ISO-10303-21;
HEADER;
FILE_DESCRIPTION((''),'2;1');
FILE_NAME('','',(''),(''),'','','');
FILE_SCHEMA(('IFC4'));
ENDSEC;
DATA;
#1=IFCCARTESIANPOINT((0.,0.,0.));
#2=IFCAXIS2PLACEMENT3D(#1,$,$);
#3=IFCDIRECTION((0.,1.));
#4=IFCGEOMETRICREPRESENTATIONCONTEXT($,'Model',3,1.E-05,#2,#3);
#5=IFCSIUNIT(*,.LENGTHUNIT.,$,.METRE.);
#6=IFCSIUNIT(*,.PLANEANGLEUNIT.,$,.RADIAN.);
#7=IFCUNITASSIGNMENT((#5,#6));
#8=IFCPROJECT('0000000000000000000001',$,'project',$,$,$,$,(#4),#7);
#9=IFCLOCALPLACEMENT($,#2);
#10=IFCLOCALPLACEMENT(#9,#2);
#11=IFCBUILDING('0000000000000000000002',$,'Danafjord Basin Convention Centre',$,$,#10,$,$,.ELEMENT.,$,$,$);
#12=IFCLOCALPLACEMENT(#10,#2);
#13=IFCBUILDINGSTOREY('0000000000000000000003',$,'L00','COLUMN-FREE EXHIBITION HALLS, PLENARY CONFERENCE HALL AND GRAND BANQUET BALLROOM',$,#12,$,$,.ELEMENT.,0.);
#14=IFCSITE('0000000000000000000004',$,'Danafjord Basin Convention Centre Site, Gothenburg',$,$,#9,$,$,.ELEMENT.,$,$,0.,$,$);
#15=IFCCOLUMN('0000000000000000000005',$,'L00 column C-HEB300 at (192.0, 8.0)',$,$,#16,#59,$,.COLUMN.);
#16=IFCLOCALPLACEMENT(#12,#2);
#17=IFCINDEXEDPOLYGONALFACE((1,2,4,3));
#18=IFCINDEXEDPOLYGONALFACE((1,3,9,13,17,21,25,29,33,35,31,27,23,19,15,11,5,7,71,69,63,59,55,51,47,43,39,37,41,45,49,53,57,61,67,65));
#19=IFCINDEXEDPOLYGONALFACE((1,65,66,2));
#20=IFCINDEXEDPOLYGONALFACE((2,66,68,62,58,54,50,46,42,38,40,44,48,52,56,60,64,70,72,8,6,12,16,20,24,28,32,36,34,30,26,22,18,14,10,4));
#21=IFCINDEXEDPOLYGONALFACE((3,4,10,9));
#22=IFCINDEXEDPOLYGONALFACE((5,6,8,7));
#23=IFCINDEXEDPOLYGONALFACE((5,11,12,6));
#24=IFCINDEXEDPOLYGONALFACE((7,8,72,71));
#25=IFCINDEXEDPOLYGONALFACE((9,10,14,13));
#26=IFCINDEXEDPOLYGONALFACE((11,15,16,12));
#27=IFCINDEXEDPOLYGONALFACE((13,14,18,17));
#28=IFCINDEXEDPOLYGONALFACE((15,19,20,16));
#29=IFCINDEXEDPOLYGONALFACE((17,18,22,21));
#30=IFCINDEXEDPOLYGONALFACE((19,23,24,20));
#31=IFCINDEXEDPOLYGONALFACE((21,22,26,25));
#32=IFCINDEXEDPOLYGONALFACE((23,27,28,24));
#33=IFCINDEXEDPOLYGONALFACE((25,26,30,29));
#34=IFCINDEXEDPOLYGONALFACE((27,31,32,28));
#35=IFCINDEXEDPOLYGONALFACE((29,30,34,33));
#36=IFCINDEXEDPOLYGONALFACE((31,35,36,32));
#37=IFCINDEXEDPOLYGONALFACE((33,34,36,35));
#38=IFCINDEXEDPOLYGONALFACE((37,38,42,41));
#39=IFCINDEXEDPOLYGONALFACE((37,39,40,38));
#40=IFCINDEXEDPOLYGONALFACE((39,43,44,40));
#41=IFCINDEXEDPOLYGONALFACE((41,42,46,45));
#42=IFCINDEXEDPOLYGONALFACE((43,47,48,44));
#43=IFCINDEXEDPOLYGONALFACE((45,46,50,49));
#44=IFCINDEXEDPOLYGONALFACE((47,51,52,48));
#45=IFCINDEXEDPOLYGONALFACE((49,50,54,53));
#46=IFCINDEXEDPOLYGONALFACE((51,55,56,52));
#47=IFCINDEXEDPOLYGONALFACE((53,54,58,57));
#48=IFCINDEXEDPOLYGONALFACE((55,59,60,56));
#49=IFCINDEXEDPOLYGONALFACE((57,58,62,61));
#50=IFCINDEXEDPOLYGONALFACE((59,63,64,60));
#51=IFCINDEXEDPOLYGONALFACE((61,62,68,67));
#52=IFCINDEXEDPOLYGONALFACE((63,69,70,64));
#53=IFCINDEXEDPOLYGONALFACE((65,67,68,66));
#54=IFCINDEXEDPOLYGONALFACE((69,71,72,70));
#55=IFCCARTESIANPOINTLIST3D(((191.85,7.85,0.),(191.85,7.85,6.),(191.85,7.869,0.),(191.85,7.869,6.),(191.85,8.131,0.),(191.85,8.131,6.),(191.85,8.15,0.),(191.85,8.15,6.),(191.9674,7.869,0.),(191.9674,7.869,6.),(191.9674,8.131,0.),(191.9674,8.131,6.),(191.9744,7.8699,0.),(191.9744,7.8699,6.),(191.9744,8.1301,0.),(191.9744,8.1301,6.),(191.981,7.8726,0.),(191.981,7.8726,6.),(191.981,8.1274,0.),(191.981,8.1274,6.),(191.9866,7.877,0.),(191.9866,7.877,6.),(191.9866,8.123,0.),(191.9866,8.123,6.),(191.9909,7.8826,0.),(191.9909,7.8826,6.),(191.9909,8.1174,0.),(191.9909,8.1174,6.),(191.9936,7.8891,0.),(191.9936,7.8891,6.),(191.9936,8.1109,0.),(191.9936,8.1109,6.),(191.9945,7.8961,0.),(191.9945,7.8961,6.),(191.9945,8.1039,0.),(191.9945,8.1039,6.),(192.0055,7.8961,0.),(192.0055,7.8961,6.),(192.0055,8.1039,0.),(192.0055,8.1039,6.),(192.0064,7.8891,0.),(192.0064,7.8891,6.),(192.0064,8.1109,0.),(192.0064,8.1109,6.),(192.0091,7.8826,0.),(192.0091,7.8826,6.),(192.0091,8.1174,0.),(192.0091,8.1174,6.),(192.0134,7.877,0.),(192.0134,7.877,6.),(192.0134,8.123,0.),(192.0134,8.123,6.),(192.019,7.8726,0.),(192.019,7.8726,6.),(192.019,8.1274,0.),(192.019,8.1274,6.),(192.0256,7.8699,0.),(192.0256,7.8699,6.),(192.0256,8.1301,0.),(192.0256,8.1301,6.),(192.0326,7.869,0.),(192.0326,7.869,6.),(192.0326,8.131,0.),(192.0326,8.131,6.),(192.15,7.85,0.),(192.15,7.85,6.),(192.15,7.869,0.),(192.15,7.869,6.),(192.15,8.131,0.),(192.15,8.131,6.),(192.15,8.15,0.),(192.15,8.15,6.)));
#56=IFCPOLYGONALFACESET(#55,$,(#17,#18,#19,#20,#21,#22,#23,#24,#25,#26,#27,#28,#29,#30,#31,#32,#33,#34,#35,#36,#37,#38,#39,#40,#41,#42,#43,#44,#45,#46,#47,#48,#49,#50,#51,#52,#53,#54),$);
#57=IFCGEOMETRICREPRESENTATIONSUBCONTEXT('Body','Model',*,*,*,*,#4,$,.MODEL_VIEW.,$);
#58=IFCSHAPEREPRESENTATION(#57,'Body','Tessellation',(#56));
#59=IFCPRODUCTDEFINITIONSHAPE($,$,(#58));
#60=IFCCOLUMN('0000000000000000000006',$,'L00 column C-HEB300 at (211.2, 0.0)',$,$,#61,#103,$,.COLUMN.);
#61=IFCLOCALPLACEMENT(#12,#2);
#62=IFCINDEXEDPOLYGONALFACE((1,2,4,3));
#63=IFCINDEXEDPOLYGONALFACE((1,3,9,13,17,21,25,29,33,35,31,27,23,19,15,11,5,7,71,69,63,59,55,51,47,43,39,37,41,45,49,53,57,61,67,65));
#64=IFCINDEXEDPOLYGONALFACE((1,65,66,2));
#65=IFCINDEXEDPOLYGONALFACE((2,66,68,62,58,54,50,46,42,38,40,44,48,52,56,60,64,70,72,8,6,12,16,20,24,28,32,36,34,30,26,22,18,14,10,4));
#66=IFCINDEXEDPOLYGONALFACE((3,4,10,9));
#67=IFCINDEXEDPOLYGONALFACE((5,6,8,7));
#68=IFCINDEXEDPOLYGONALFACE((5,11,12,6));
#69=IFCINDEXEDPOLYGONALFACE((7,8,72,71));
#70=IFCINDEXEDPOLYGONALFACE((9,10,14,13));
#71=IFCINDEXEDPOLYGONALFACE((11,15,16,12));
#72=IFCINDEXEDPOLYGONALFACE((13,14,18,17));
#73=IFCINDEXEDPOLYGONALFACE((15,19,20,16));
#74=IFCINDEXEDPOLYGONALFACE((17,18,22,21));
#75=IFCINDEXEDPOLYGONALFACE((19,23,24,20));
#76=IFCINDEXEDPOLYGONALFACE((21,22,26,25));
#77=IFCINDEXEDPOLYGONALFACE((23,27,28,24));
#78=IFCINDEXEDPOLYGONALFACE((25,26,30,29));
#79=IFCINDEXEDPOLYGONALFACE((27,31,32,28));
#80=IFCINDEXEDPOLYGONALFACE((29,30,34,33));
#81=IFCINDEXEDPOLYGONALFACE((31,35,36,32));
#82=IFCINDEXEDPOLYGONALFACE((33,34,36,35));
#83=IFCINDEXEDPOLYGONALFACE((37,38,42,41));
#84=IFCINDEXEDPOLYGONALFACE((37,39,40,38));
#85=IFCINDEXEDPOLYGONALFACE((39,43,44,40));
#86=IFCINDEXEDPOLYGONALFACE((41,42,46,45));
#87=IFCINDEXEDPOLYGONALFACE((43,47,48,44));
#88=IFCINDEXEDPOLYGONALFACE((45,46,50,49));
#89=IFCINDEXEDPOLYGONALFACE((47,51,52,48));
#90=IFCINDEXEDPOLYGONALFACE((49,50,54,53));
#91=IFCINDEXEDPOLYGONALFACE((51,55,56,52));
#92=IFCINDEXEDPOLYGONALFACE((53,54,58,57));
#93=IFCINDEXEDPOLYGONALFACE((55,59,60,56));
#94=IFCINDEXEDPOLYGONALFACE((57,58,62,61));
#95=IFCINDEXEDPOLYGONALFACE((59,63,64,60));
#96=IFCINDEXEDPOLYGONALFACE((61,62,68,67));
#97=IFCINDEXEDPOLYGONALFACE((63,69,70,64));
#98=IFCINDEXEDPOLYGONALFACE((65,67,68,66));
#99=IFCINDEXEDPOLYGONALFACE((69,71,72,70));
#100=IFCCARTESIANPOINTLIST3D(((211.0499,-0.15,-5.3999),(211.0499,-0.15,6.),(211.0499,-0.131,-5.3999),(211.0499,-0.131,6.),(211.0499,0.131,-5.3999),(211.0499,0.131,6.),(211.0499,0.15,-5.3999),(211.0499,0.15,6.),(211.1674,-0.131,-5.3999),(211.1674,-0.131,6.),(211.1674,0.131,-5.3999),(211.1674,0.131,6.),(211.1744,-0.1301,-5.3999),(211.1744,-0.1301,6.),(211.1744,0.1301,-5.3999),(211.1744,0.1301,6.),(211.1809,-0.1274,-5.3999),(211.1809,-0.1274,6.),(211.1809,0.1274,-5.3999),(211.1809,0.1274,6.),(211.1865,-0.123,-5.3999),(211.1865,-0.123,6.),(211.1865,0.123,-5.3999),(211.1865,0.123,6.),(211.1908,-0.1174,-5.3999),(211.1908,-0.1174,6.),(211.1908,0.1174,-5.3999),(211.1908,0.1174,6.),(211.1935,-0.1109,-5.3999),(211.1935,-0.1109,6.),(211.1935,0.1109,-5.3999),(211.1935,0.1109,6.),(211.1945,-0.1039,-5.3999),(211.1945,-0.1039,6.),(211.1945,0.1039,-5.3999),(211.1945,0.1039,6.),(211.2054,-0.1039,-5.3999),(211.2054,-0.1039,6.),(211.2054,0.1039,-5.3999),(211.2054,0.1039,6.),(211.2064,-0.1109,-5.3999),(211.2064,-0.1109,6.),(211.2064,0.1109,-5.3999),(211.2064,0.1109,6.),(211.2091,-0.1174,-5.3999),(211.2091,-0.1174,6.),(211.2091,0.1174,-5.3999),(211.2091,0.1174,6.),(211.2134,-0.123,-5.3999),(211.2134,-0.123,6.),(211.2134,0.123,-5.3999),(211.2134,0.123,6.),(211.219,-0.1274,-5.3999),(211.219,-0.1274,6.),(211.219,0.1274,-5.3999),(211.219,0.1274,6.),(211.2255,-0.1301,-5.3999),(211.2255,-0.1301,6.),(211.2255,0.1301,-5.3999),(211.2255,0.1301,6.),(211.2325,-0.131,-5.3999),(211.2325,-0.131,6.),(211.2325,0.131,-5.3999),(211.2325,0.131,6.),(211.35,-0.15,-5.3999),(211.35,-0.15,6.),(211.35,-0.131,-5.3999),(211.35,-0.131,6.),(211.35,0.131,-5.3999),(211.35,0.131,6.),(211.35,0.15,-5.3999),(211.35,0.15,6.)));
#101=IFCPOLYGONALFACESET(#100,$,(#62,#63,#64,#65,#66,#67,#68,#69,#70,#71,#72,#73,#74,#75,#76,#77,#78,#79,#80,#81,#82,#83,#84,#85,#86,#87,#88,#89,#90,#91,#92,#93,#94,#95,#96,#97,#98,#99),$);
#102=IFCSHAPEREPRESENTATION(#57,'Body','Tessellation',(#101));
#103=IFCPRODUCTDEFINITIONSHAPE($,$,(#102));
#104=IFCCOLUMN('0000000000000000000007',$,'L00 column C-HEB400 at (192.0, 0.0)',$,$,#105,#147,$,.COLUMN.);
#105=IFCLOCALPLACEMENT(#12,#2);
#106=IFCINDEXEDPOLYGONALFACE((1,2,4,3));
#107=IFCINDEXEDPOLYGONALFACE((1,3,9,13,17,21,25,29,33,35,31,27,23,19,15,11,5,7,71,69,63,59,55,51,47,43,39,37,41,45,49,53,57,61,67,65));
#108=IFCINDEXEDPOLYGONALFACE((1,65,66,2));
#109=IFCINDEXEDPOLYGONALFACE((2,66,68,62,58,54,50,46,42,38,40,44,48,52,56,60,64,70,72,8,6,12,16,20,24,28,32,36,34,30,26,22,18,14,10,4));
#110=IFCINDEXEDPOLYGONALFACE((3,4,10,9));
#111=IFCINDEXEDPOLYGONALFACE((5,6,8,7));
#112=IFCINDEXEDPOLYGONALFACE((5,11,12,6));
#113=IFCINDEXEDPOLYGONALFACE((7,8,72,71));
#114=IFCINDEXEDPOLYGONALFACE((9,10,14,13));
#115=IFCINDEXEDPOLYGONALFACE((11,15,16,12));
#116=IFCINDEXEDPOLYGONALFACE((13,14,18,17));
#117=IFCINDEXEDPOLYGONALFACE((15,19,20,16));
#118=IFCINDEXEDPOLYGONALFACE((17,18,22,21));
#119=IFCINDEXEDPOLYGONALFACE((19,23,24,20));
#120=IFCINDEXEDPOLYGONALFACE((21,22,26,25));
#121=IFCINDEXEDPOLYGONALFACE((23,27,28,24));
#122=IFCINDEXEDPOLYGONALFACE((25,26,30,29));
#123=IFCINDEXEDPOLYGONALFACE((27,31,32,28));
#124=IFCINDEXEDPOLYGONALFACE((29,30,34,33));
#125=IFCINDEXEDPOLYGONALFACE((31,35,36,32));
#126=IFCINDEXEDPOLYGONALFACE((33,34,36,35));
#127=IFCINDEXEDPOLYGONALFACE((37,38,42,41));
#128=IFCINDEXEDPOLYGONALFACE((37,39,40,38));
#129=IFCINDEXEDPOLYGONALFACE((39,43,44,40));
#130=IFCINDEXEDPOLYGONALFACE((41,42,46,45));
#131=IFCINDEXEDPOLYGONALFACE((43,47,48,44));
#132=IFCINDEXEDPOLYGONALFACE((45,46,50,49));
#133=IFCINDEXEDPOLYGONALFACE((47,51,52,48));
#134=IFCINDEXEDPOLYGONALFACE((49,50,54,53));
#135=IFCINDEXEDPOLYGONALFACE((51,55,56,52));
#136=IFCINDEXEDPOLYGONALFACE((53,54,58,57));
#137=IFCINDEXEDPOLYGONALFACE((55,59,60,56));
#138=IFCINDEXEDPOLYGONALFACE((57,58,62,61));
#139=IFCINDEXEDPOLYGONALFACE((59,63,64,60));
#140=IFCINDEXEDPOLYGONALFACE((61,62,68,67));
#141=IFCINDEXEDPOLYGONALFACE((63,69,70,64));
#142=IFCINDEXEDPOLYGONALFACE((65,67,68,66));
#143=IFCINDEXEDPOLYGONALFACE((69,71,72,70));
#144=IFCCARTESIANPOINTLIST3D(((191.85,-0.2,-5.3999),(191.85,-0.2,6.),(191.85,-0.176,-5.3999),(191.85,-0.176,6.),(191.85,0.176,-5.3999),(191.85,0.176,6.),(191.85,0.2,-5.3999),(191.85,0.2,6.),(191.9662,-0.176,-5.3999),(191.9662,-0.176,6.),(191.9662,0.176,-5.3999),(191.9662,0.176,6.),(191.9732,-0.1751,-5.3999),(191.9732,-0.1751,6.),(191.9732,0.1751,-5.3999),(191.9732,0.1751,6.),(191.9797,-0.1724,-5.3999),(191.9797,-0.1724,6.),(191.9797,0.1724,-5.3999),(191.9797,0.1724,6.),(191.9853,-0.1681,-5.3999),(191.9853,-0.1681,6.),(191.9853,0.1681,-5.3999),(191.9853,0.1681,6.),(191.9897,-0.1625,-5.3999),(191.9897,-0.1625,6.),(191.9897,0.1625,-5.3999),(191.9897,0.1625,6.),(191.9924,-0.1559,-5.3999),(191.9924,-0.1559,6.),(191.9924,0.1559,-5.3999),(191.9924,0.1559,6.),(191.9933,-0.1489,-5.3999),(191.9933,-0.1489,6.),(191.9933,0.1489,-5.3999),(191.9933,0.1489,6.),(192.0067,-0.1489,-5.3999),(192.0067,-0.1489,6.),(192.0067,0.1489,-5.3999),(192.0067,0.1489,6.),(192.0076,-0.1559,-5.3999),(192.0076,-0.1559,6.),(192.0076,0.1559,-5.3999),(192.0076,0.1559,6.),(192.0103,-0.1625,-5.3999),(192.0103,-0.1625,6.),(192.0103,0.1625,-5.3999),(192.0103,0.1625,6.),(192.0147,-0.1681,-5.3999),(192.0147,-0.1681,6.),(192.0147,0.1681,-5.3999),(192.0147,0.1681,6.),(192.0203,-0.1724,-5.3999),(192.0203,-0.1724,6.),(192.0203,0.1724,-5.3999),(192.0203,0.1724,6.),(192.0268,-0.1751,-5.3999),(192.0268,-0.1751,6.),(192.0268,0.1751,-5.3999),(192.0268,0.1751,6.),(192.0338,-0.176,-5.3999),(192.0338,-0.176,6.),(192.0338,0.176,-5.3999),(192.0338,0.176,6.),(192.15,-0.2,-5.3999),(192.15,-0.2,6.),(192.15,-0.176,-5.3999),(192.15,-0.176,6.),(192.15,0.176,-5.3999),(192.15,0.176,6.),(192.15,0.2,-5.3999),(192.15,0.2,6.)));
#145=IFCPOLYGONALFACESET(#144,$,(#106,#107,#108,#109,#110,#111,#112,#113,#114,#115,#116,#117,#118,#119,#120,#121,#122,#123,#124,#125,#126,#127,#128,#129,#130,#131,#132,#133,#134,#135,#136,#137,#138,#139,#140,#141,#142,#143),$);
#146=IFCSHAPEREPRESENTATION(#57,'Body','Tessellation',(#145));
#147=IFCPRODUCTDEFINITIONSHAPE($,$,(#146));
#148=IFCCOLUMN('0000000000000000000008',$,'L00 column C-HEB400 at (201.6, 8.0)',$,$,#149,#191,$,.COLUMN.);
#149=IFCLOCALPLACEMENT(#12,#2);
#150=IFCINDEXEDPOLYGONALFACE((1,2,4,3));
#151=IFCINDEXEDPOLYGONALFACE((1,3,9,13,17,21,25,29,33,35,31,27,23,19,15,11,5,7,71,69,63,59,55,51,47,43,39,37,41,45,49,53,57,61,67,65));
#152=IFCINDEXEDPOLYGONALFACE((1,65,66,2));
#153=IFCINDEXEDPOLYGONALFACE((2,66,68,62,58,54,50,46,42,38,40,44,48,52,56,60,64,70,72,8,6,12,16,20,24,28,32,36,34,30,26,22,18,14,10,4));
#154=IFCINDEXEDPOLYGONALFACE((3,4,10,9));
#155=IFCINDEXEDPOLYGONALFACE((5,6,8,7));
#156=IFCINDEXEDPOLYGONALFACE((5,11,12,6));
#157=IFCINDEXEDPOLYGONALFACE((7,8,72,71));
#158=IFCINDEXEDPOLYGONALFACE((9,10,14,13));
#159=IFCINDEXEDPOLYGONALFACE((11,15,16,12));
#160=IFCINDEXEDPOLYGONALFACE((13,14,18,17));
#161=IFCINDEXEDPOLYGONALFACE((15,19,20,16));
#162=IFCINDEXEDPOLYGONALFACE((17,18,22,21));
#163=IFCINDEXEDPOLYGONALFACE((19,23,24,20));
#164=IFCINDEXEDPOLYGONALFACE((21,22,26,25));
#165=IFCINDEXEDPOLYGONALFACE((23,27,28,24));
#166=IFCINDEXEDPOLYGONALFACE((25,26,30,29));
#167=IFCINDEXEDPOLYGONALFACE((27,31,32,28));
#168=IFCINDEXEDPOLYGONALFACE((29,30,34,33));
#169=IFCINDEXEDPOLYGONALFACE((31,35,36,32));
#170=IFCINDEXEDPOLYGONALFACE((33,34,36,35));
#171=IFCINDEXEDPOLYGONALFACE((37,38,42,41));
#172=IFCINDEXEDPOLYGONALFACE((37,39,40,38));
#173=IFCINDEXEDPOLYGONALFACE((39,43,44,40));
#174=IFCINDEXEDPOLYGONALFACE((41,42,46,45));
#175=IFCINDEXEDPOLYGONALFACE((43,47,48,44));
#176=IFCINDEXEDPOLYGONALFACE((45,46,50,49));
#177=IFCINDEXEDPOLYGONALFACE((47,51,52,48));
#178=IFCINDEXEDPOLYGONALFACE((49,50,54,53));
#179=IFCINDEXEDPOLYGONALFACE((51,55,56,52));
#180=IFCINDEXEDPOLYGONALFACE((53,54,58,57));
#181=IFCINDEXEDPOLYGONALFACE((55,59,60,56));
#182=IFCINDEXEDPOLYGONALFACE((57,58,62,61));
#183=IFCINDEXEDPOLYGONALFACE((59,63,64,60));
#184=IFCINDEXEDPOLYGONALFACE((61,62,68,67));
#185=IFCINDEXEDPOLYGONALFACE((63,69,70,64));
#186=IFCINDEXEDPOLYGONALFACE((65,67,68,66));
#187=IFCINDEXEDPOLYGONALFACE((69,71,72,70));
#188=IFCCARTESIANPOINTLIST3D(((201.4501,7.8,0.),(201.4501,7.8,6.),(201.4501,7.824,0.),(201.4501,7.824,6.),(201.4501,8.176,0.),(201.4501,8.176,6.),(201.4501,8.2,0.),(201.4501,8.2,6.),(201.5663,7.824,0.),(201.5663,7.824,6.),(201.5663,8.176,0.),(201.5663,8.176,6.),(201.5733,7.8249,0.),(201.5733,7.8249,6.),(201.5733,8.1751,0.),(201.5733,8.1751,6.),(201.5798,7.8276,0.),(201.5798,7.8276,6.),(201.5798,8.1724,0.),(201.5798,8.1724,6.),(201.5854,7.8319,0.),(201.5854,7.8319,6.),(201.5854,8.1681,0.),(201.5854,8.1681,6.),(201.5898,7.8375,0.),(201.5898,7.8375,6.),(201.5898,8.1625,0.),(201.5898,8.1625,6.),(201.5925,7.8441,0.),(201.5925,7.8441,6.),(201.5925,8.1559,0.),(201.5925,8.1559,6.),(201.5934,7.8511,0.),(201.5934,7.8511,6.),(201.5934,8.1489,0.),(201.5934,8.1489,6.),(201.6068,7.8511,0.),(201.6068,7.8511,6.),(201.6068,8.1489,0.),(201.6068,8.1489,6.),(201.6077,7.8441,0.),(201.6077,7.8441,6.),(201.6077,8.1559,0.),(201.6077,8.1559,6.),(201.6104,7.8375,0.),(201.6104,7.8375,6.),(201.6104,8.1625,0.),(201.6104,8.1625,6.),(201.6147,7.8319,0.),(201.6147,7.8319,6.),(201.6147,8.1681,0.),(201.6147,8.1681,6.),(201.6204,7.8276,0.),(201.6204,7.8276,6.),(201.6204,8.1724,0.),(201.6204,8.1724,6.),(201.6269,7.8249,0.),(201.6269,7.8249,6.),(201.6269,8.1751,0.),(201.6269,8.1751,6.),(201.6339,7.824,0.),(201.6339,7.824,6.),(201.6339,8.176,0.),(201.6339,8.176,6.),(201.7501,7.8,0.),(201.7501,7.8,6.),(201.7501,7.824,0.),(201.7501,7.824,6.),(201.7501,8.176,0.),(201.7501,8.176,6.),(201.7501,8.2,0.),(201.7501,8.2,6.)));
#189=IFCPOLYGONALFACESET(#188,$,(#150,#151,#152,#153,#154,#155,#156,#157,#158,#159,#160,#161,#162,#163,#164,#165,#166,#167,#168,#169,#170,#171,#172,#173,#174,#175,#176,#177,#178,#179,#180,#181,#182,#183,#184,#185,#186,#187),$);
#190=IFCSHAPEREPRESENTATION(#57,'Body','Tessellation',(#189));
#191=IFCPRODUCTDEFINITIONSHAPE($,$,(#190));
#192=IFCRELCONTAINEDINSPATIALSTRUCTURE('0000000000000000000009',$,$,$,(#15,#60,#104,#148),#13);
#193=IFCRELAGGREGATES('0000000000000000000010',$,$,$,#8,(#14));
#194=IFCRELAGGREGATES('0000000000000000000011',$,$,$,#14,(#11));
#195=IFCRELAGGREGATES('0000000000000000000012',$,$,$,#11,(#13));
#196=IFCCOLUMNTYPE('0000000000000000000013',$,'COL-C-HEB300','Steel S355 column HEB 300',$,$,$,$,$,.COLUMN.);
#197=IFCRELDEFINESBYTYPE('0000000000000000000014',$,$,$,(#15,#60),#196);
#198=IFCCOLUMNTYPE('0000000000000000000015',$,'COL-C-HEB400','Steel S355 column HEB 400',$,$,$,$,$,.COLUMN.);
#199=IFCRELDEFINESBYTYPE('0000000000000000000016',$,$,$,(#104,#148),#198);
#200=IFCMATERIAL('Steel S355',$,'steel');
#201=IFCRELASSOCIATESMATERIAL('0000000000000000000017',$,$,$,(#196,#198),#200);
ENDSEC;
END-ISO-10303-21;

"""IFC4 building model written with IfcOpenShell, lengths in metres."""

from ifc_helpers import new_model, si_unit, direction, frame, origin, origin_2d, place, context, subcontext, project, spatial, i_section, extrude, material, material_profile, profile_set, type_object, element, save


model = new_model("IFC4")

# Units and contexts
model_context = context("Model", 3, precision=1e-05, world=origin(), true_north=direction((0.0, 1.0)))
body_context = subcontext(model_context, "Body", "Model", "MODEL_VIEW")
ifc_project = project(units=[si_unit("LENGTHUNIT", "METRE"), si_unit("PLANEANGLEUNIT", "RADIAN")], contexts=[model_context])

# Site, building, storey
site_placement = place(None, origin())
site = spatial("IfcSite", under=ifc_project, at=site_placement, Name="Danafjord Basin Convention Centre Site, Gothenburg", CompositionType="ELEMENT", RefElevation=0.0)
building_placement = place(site_placement, origin())
building = spatial("IfcBuilding", under=site, at=building_placement, Name="Danafjord Basin Convention Centre", CompositionType="ELEMENT")
storey_placement = place(building_placement, origin())
storey = spatial("IfcBuildingStorey", under=building, at=storey_placement, Name="L00", Description="COLUMN-FREE EXHIBITION HALLS, PLENARY CONFERENCE HALL AND GRAND BANQUET BALLROOM", CompositionType="ELEMENT", Elevation=0.0)

# Columns
ifc_material_1 = material(Name="Steel S355", Category="steel")
ifc_material_profile_1 = material_profile(ifc_material_1, i_section(OverallWidth=0.3, OverallDepth=0.3, WebThickness=0.011, FlangeThickness=0.019, FilletRadius=0.0271, at=origin_2d()), Name="HEB 300")
ifc_profile_set_1 = profile_set([ifc_material_profile_1], Name="Steel S355")
column_type_1 = type_object("IfcColumnType", Name="COL-C-HEB300", Description="Steel S355 column HEB 300", PredefinedType="COLUMN", material=ifc_profile_set_1)
column_1_placement = place(storey_placement, frame((192.0, 8.0, 0.0), z_axis=(0.0, 0.0, 1.0), x_axis=(1.0, 0.0, 0.0)))
element("IfcColumn", 1, at=column_1_placement, inside=storey, type_object=column_type_1, Name="L00 column C-HEB300 at (192.0, 8.0)", PredefinedType="COLUMN", context=body_context, shape_type="SweptSolid", body=[
    extrude(i_section(OverallWidth=0.3, OverallDepth=0.3, WebThickness=0.011, FlangeThickness=0.019, FilletRadius=0.0271, at=origin_2d()), origin(), (0.0, 0.0, 1.0), 6.0),
])
column_2_placement = place(storey_placement, frame((211.2, 0.0, -5.3999), z_axis=(0.0, 0.0, 1.0), x_axis=(1.0, 0.0, 0.0)))
element("IfcColumn", 2, at=column_2_placement, inside=storey, type_object=column_type_1, Name="L00 column C-HEB300 at (211.2, 0.0)", PredefinedType="COLUMN", context=body_context, shape_type="SweptSolid", body=[
    extrude(i_section(OverallWidth=0.3, OverallDepth=0.3, WebThickness=0.011, FlangeThickness=0.019, FilletRadius=0.0271, at=origin_2d()), origin(), (0.0, 0.0, 1.0), 11.3999),
])
ifc_material_profile_2 = material_profile(ifc_material_1, i_section(OverallWidth=0.3, OverallDepth=0.3999, WebThickness=0.0134, FlangeThickness=0.0239, FilletRadius=0.0271, at=origin_2d()), Name="HEB 400")
ifc_profile_set_2 = profile_set([ifc_material_profile_2], Name="Steel S355")
column_type_2 = type_object("IfcColumnType", Name="COL-C-HEB400", Description="Steel S355 column HEB 400", PredefinedType="COLUMN", material=ifc_profile_set_2)
column_3_placement = place(storey_placement, frame((192.0, 0.0, -5.3999), z_axis=(0.0, 0.0, 1.0), x_axis=(1.0, 0.0, 0.0)))
element("IfcColumn", 3, at=column_3_placement, inside=storey, type_object=column_type_2, Name="L00 column C-HEB400 at (192.0, 0.0)", PredefinedType="COLUMN", context=body_context, shape_type="SweptSolid", body=[
    extrude(i_section(OverallWidth=0.3, OverallDepth=0.3999, WebThickness=0.0134, FlangeThickness=0.0239, FilletRadius=0.0271, at=origin_2d()), origin(), (0.0, 0.0, 1.0), 11.3999),
])
column_4_placement = place(storey_placement, frame((201.6001, 8.0, 0.0), z_axis=(0.0, 0.0, 1.0), x_axis=(1.0, 0.0, 0.0)))
element("IfcColumn", 4, at=column_4_placement, inside=storey, type_object=column_type_2, Name="L00 column C-HEB400 at (201.6, 8.0)", PredefinedType="COLUMN", context=body_context, shape_type="SweptSolid", body=[
    extrude(i_section(OverallWidth=0.3, OverallDepth=0.3999, WebThickness=0.0134, FlangeThickness=0.0239, FilletRadius=0.0271, at=origin_2d()), origin(), (0.0, 0.0, 1.0), 6.0),
])

save(model, "model.ifc")
